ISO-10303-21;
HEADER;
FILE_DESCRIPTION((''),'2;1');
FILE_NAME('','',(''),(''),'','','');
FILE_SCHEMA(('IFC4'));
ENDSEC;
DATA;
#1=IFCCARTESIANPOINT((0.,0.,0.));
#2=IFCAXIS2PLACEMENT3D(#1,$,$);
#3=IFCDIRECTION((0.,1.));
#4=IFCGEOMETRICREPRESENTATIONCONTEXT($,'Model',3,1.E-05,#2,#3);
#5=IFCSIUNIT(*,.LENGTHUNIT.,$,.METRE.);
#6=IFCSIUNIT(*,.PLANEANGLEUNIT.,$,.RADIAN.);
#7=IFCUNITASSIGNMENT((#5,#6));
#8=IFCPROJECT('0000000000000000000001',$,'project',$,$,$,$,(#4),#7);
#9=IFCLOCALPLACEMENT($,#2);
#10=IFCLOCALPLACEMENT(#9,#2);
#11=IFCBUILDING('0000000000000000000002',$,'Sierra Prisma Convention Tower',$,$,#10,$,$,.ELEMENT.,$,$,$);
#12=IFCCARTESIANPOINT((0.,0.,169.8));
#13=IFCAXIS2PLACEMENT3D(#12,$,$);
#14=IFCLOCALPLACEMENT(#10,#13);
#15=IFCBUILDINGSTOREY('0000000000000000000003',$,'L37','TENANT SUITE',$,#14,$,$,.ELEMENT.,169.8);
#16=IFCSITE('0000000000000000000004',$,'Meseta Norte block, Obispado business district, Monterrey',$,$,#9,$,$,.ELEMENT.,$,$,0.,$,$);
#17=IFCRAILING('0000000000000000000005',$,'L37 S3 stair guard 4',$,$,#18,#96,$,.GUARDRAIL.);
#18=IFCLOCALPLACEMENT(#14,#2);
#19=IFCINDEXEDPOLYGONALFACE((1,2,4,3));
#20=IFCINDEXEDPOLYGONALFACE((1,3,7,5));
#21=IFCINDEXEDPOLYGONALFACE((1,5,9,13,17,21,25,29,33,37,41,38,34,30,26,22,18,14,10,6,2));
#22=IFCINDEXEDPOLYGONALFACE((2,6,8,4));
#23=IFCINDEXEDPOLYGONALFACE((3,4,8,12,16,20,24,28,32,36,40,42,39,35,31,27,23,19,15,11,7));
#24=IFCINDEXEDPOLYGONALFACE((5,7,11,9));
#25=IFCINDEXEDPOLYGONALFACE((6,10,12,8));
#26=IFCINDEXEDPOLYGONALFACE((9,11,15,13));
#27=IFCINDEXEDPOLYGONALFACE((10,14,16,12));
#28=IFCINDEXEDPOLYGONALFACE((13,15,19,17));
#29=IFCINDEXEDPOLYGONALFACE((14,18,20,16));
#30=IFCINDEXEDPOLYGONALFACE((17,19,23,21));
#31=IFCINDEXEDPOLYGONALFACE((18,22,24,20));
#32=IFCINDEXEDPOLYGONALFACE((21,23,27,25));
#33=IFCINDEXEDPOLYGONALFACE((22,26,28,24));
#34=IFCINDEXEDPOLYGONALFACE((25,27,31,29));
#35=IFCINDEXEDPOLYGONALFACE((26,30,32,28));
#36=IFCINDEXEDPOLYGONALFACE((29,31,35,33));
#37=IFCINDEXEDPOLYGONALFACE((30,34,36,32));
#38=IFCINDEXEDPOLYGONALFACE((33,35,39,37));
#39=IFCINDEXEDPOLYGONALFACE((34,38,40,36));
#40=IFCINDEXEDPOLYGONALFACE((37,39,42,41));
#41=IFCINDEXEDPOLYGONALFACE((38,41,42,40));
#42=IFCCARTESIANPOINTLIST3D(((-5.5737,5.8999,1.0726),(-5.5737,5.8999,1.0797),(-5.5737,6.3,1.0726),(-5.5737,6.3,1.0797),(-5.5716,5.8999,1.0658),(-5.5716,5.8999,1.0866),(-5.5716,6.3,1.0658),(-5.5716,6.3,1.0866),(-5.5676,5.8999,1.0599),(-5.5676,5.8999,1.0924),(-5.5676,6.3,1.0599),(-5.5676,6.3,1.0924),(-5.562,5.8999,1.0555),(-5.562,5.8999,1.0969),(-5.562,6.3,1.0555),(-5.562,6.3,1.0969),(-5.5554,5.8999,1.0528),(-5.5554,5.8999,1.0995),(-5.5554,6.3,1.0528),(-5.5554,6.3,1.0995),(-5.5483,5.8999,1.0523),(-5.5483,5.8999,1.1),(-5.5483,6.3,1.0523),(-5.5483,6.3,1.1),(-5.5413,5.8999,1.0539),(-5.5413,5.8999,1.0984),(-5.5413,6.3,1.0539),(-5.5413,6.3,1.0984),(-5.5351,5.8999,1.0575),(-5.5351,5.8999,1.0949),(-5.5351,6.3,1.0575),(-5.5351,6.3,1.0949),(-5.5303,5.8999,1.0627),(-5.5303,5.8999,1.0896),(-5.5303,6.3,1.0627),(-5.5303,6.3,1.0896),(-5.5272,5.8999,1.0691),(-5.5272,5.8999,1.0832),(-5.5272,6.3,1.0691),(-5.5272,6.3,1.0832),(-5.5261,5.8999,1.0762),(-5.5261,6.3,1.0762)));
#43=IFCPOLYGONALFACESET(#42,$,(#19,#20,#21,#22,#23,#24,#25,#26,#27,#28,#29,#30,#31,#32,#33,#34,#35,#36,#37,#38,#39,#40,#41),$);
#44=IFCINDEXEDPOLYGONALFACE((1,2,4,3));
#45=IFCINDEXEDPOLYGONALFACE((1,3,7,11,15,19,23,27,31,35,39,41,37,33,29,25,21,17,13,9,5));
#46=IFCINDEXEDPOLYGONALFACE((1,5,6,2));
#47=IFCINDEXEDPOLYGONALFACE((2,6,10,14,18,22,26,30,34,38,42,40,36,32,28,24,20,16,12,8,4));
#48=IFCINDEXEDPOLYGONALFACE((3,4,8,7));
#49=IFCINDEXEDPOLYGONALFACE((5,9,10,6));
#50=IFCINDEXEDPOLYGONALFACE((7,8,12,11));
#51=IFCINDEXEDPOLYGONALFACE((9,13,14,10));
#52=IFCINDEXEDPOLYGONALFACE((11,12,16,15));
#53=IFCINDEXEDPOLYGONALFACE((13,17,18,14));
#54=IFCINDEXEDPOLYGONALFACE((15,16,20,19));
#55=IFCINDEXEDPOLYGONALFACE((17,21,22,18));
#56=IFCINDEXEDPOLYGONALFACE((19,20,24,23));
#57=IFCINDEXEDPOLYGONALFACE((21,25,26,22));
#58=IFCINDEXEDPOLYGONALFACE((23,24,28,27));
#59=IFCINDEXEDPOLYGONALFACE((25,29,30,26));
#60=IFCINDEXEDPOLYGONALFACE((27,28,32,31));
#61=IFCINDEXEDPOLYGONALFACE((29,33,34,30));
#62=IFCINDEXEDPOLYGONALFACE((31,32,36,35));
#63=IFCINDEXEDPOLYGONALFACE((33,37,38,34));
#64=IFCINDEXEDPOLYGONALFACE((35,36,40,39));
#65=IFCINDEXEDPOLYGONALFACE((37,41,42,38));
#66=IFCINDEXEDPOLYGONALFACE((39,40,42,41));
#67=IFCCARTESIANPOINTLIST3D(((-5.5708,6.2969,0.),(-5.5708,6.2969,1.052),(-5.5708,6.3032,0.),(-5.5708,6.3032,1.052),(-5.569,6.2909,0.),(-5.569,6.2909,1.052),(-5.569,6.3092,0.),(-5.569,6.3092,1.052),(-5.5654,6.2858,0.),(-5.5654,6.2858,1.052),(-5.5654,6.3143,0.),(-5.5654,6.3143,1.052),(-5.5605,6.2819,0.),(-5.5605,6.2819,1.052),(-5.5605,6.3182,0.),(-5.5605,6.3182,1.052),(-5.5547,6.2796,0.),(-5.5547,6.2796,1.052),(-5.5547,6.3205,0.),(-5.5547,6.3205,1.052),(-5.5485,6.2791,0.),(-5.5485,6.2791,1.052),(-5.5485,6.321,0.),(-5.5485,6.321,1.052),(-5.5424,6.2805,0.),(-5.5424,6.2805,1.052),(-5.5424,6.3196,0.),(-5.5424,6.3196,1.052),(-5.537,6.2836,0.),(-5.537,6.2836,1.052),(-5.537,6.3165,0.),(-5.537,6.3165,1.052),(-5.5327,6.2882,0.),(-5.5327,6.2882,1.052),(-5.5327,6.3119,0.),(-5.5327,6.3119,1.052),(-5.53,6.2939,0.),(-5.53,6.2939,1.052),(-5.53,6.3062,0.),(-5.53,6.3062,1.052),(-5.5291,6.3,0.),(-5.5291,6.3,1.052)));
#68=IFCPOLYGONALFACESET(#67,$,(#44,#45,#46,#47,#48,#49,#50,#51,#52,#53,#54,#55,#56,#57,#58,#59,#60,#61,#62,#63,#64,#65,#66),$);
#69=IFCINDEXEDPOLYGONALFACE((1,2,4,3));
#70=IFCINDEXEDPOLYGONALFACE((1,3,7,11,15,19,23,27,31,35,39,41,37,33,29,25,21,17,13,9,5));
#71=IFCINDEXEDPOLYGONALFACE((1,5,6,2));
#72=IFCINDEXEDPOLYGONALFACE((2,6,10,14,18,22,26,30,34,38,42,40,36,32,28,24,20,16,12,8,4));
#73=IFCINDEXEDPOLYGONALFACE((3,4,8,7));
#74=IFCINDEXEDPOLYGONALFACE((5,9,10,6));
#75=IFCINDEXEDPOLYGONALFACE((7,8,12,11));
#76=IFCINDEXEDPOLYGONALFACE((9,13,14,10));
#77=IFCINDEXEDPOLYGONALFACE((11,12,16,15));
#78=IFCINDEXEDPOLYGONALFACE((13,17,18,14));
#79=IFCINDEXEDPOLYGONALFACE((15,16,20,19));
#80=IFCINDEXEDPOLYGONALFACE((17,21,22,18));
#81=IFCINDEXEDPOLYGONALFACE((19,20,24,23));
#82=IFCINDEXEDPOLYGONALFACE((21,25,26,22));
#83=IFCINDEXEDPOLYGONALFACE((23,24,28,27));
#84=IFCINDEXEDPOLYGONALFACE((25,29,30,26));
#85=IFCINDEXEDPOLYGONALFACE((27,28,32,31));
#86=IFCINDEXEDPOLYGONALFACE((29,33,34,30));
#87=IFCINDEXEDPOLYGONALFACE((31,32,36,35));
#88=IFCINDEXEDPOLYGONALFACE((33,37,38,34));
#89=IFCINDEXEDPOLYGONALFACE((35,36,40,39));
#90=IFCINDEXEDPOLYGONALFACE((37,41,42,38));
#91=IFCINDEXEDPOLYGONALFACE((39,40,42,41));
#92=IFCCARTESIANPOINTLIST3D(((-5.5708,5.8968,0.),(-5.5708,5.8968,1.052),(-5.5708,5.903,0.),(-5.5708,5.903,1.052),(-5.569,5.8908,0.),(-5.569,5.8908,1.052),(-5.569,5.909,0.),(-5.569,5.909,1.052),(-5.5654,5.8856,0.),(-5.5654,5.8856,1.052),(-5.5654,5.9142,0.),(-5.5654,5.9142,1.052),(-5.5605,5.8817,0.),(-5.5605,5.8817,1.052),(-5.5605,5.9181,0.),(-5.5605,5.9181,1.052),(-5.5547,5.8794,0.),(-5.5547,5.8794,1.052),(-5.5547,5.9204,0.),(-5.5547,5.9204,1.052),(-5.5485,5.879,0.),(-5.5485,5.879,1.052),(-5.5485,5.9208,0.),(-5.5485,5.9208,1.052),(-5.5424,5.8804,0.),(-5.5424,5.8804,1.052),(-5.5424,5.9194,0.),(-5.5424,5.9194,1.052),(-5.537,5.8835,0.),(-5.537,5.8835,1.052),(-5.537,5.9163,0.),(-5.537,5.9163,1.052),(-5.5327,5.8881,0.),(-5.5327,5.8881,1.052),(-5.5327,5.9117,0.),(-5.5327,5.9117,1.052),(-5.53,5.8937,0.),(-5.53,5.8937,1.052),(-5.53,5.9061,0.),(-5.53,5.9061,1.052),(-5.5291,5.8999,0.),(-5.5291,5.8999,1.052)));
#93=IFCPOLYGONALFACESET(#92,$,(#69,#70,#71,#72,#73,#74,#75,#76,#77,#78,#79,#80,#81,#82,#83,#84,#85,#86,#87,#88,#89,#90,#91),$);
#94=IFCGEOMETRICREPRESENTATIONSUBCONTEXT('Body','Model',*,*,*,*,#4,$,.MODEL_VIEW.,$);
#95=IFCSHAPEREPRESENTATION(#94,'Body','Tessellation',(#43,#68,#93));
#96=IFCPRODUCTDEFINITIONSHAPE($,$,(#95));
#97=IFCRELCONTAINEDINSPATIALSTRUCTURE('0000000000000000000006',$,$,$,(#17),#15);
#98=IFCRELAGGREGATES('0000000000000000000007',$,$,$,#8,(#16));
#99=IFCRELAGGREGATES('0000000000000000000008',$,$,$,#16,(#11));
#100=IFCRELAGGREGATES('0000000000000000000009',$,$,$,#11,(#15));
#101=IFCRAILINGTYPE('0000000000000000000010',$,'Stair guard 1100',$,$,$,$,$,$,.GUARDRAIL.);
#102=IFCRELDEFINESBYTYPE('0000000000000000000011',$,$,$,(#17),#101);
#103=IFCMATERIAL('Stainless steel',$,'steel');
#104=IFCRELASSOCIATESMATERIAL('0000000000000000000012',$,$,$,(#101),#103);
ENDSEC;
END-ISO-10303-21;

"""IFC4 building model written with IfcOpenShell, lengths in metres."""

from ifc_helpers import new_model, si_unit, direction, frame, origin, origin_2d, place, context, subcontext, project, spatial, circle, extrude, material, type_object, element, save


model = new_model("IFC4")

# Units and contexts
model_context = context("Model", 3, precision=1e-05, world=origin(), true_north=direction((0.0, 1.0)))
body_context = subcontext(model_context, "Body", "Model", "MODEL_VIEW")
ifc_project = project(units=[si_unit("LENGTHUNIT", "METRE"), si_unit("PLANEANGLEUNIT", "RADIAN")], contexts=[model_context])

# Site, building, storey
site_placement = place(None, origin())
site = spatial("IfcSite", under=ifc_project, at=site_placement, Name="Meseta Norte block, Obispado business district, Monterrey", CompositionType="ELEMENT", RefElevation=0.0)
building_placement = place(site_placement, origin())
building = spatial("IfcBuilding", under=site, at=building_placement, Name="Sierra Prisma Convention Tower", CompositionType="ELEMENT")
storey_placement = place(building_placement, frame((0.0, 0.0, 169.8)))
storey = spatial("IfcBuildingStorey", under=building, at=storey_placement, Name="L37", Description="TENANT SUITE", CompositionType="ELEMENT", Elevation=169.8)

# Railing
ifc_material_1 = material(Name="Stainless steel", Category="steel")
railing_type = type_object("IfcRailingType", Name="Stair guard 1100", PredefinedType="GUARDRAIL", material=ifc_material_1)
railing_1_placement = place(storey_placement, frame((-5.55, 6.3, 0.0)))
element("IfcRailing", 1, at=railing_1_placement, inside=storey, type_object=railing_type, Name="L37 S3 stair guard 4", PredefinedType="GUARDRAIL", context=body_context, shape_type="SweptSolid", body=[
    extrude(circle(Radius=0.0239, at=origin_2d()), frame((0.0, 0.0, 1.0762), z_axis=(0.0, -1.0, 0.0), x_axis=(1.0, 0.0, 0.0)), (0.0, 0.0, 1.0), 0.4001),
    extrude(circle(Radius=0.021, at=origin_2d()), origin(), (0.0, 0.0, 1.0), 1.052),
    extrude(circle(Radius=0.021, at=origin_2d()), frame((0.0, -0.4001, 0.0)), (0.0, 0.0, 1.0), 1.052),
])

save(model, "model.ifc")
